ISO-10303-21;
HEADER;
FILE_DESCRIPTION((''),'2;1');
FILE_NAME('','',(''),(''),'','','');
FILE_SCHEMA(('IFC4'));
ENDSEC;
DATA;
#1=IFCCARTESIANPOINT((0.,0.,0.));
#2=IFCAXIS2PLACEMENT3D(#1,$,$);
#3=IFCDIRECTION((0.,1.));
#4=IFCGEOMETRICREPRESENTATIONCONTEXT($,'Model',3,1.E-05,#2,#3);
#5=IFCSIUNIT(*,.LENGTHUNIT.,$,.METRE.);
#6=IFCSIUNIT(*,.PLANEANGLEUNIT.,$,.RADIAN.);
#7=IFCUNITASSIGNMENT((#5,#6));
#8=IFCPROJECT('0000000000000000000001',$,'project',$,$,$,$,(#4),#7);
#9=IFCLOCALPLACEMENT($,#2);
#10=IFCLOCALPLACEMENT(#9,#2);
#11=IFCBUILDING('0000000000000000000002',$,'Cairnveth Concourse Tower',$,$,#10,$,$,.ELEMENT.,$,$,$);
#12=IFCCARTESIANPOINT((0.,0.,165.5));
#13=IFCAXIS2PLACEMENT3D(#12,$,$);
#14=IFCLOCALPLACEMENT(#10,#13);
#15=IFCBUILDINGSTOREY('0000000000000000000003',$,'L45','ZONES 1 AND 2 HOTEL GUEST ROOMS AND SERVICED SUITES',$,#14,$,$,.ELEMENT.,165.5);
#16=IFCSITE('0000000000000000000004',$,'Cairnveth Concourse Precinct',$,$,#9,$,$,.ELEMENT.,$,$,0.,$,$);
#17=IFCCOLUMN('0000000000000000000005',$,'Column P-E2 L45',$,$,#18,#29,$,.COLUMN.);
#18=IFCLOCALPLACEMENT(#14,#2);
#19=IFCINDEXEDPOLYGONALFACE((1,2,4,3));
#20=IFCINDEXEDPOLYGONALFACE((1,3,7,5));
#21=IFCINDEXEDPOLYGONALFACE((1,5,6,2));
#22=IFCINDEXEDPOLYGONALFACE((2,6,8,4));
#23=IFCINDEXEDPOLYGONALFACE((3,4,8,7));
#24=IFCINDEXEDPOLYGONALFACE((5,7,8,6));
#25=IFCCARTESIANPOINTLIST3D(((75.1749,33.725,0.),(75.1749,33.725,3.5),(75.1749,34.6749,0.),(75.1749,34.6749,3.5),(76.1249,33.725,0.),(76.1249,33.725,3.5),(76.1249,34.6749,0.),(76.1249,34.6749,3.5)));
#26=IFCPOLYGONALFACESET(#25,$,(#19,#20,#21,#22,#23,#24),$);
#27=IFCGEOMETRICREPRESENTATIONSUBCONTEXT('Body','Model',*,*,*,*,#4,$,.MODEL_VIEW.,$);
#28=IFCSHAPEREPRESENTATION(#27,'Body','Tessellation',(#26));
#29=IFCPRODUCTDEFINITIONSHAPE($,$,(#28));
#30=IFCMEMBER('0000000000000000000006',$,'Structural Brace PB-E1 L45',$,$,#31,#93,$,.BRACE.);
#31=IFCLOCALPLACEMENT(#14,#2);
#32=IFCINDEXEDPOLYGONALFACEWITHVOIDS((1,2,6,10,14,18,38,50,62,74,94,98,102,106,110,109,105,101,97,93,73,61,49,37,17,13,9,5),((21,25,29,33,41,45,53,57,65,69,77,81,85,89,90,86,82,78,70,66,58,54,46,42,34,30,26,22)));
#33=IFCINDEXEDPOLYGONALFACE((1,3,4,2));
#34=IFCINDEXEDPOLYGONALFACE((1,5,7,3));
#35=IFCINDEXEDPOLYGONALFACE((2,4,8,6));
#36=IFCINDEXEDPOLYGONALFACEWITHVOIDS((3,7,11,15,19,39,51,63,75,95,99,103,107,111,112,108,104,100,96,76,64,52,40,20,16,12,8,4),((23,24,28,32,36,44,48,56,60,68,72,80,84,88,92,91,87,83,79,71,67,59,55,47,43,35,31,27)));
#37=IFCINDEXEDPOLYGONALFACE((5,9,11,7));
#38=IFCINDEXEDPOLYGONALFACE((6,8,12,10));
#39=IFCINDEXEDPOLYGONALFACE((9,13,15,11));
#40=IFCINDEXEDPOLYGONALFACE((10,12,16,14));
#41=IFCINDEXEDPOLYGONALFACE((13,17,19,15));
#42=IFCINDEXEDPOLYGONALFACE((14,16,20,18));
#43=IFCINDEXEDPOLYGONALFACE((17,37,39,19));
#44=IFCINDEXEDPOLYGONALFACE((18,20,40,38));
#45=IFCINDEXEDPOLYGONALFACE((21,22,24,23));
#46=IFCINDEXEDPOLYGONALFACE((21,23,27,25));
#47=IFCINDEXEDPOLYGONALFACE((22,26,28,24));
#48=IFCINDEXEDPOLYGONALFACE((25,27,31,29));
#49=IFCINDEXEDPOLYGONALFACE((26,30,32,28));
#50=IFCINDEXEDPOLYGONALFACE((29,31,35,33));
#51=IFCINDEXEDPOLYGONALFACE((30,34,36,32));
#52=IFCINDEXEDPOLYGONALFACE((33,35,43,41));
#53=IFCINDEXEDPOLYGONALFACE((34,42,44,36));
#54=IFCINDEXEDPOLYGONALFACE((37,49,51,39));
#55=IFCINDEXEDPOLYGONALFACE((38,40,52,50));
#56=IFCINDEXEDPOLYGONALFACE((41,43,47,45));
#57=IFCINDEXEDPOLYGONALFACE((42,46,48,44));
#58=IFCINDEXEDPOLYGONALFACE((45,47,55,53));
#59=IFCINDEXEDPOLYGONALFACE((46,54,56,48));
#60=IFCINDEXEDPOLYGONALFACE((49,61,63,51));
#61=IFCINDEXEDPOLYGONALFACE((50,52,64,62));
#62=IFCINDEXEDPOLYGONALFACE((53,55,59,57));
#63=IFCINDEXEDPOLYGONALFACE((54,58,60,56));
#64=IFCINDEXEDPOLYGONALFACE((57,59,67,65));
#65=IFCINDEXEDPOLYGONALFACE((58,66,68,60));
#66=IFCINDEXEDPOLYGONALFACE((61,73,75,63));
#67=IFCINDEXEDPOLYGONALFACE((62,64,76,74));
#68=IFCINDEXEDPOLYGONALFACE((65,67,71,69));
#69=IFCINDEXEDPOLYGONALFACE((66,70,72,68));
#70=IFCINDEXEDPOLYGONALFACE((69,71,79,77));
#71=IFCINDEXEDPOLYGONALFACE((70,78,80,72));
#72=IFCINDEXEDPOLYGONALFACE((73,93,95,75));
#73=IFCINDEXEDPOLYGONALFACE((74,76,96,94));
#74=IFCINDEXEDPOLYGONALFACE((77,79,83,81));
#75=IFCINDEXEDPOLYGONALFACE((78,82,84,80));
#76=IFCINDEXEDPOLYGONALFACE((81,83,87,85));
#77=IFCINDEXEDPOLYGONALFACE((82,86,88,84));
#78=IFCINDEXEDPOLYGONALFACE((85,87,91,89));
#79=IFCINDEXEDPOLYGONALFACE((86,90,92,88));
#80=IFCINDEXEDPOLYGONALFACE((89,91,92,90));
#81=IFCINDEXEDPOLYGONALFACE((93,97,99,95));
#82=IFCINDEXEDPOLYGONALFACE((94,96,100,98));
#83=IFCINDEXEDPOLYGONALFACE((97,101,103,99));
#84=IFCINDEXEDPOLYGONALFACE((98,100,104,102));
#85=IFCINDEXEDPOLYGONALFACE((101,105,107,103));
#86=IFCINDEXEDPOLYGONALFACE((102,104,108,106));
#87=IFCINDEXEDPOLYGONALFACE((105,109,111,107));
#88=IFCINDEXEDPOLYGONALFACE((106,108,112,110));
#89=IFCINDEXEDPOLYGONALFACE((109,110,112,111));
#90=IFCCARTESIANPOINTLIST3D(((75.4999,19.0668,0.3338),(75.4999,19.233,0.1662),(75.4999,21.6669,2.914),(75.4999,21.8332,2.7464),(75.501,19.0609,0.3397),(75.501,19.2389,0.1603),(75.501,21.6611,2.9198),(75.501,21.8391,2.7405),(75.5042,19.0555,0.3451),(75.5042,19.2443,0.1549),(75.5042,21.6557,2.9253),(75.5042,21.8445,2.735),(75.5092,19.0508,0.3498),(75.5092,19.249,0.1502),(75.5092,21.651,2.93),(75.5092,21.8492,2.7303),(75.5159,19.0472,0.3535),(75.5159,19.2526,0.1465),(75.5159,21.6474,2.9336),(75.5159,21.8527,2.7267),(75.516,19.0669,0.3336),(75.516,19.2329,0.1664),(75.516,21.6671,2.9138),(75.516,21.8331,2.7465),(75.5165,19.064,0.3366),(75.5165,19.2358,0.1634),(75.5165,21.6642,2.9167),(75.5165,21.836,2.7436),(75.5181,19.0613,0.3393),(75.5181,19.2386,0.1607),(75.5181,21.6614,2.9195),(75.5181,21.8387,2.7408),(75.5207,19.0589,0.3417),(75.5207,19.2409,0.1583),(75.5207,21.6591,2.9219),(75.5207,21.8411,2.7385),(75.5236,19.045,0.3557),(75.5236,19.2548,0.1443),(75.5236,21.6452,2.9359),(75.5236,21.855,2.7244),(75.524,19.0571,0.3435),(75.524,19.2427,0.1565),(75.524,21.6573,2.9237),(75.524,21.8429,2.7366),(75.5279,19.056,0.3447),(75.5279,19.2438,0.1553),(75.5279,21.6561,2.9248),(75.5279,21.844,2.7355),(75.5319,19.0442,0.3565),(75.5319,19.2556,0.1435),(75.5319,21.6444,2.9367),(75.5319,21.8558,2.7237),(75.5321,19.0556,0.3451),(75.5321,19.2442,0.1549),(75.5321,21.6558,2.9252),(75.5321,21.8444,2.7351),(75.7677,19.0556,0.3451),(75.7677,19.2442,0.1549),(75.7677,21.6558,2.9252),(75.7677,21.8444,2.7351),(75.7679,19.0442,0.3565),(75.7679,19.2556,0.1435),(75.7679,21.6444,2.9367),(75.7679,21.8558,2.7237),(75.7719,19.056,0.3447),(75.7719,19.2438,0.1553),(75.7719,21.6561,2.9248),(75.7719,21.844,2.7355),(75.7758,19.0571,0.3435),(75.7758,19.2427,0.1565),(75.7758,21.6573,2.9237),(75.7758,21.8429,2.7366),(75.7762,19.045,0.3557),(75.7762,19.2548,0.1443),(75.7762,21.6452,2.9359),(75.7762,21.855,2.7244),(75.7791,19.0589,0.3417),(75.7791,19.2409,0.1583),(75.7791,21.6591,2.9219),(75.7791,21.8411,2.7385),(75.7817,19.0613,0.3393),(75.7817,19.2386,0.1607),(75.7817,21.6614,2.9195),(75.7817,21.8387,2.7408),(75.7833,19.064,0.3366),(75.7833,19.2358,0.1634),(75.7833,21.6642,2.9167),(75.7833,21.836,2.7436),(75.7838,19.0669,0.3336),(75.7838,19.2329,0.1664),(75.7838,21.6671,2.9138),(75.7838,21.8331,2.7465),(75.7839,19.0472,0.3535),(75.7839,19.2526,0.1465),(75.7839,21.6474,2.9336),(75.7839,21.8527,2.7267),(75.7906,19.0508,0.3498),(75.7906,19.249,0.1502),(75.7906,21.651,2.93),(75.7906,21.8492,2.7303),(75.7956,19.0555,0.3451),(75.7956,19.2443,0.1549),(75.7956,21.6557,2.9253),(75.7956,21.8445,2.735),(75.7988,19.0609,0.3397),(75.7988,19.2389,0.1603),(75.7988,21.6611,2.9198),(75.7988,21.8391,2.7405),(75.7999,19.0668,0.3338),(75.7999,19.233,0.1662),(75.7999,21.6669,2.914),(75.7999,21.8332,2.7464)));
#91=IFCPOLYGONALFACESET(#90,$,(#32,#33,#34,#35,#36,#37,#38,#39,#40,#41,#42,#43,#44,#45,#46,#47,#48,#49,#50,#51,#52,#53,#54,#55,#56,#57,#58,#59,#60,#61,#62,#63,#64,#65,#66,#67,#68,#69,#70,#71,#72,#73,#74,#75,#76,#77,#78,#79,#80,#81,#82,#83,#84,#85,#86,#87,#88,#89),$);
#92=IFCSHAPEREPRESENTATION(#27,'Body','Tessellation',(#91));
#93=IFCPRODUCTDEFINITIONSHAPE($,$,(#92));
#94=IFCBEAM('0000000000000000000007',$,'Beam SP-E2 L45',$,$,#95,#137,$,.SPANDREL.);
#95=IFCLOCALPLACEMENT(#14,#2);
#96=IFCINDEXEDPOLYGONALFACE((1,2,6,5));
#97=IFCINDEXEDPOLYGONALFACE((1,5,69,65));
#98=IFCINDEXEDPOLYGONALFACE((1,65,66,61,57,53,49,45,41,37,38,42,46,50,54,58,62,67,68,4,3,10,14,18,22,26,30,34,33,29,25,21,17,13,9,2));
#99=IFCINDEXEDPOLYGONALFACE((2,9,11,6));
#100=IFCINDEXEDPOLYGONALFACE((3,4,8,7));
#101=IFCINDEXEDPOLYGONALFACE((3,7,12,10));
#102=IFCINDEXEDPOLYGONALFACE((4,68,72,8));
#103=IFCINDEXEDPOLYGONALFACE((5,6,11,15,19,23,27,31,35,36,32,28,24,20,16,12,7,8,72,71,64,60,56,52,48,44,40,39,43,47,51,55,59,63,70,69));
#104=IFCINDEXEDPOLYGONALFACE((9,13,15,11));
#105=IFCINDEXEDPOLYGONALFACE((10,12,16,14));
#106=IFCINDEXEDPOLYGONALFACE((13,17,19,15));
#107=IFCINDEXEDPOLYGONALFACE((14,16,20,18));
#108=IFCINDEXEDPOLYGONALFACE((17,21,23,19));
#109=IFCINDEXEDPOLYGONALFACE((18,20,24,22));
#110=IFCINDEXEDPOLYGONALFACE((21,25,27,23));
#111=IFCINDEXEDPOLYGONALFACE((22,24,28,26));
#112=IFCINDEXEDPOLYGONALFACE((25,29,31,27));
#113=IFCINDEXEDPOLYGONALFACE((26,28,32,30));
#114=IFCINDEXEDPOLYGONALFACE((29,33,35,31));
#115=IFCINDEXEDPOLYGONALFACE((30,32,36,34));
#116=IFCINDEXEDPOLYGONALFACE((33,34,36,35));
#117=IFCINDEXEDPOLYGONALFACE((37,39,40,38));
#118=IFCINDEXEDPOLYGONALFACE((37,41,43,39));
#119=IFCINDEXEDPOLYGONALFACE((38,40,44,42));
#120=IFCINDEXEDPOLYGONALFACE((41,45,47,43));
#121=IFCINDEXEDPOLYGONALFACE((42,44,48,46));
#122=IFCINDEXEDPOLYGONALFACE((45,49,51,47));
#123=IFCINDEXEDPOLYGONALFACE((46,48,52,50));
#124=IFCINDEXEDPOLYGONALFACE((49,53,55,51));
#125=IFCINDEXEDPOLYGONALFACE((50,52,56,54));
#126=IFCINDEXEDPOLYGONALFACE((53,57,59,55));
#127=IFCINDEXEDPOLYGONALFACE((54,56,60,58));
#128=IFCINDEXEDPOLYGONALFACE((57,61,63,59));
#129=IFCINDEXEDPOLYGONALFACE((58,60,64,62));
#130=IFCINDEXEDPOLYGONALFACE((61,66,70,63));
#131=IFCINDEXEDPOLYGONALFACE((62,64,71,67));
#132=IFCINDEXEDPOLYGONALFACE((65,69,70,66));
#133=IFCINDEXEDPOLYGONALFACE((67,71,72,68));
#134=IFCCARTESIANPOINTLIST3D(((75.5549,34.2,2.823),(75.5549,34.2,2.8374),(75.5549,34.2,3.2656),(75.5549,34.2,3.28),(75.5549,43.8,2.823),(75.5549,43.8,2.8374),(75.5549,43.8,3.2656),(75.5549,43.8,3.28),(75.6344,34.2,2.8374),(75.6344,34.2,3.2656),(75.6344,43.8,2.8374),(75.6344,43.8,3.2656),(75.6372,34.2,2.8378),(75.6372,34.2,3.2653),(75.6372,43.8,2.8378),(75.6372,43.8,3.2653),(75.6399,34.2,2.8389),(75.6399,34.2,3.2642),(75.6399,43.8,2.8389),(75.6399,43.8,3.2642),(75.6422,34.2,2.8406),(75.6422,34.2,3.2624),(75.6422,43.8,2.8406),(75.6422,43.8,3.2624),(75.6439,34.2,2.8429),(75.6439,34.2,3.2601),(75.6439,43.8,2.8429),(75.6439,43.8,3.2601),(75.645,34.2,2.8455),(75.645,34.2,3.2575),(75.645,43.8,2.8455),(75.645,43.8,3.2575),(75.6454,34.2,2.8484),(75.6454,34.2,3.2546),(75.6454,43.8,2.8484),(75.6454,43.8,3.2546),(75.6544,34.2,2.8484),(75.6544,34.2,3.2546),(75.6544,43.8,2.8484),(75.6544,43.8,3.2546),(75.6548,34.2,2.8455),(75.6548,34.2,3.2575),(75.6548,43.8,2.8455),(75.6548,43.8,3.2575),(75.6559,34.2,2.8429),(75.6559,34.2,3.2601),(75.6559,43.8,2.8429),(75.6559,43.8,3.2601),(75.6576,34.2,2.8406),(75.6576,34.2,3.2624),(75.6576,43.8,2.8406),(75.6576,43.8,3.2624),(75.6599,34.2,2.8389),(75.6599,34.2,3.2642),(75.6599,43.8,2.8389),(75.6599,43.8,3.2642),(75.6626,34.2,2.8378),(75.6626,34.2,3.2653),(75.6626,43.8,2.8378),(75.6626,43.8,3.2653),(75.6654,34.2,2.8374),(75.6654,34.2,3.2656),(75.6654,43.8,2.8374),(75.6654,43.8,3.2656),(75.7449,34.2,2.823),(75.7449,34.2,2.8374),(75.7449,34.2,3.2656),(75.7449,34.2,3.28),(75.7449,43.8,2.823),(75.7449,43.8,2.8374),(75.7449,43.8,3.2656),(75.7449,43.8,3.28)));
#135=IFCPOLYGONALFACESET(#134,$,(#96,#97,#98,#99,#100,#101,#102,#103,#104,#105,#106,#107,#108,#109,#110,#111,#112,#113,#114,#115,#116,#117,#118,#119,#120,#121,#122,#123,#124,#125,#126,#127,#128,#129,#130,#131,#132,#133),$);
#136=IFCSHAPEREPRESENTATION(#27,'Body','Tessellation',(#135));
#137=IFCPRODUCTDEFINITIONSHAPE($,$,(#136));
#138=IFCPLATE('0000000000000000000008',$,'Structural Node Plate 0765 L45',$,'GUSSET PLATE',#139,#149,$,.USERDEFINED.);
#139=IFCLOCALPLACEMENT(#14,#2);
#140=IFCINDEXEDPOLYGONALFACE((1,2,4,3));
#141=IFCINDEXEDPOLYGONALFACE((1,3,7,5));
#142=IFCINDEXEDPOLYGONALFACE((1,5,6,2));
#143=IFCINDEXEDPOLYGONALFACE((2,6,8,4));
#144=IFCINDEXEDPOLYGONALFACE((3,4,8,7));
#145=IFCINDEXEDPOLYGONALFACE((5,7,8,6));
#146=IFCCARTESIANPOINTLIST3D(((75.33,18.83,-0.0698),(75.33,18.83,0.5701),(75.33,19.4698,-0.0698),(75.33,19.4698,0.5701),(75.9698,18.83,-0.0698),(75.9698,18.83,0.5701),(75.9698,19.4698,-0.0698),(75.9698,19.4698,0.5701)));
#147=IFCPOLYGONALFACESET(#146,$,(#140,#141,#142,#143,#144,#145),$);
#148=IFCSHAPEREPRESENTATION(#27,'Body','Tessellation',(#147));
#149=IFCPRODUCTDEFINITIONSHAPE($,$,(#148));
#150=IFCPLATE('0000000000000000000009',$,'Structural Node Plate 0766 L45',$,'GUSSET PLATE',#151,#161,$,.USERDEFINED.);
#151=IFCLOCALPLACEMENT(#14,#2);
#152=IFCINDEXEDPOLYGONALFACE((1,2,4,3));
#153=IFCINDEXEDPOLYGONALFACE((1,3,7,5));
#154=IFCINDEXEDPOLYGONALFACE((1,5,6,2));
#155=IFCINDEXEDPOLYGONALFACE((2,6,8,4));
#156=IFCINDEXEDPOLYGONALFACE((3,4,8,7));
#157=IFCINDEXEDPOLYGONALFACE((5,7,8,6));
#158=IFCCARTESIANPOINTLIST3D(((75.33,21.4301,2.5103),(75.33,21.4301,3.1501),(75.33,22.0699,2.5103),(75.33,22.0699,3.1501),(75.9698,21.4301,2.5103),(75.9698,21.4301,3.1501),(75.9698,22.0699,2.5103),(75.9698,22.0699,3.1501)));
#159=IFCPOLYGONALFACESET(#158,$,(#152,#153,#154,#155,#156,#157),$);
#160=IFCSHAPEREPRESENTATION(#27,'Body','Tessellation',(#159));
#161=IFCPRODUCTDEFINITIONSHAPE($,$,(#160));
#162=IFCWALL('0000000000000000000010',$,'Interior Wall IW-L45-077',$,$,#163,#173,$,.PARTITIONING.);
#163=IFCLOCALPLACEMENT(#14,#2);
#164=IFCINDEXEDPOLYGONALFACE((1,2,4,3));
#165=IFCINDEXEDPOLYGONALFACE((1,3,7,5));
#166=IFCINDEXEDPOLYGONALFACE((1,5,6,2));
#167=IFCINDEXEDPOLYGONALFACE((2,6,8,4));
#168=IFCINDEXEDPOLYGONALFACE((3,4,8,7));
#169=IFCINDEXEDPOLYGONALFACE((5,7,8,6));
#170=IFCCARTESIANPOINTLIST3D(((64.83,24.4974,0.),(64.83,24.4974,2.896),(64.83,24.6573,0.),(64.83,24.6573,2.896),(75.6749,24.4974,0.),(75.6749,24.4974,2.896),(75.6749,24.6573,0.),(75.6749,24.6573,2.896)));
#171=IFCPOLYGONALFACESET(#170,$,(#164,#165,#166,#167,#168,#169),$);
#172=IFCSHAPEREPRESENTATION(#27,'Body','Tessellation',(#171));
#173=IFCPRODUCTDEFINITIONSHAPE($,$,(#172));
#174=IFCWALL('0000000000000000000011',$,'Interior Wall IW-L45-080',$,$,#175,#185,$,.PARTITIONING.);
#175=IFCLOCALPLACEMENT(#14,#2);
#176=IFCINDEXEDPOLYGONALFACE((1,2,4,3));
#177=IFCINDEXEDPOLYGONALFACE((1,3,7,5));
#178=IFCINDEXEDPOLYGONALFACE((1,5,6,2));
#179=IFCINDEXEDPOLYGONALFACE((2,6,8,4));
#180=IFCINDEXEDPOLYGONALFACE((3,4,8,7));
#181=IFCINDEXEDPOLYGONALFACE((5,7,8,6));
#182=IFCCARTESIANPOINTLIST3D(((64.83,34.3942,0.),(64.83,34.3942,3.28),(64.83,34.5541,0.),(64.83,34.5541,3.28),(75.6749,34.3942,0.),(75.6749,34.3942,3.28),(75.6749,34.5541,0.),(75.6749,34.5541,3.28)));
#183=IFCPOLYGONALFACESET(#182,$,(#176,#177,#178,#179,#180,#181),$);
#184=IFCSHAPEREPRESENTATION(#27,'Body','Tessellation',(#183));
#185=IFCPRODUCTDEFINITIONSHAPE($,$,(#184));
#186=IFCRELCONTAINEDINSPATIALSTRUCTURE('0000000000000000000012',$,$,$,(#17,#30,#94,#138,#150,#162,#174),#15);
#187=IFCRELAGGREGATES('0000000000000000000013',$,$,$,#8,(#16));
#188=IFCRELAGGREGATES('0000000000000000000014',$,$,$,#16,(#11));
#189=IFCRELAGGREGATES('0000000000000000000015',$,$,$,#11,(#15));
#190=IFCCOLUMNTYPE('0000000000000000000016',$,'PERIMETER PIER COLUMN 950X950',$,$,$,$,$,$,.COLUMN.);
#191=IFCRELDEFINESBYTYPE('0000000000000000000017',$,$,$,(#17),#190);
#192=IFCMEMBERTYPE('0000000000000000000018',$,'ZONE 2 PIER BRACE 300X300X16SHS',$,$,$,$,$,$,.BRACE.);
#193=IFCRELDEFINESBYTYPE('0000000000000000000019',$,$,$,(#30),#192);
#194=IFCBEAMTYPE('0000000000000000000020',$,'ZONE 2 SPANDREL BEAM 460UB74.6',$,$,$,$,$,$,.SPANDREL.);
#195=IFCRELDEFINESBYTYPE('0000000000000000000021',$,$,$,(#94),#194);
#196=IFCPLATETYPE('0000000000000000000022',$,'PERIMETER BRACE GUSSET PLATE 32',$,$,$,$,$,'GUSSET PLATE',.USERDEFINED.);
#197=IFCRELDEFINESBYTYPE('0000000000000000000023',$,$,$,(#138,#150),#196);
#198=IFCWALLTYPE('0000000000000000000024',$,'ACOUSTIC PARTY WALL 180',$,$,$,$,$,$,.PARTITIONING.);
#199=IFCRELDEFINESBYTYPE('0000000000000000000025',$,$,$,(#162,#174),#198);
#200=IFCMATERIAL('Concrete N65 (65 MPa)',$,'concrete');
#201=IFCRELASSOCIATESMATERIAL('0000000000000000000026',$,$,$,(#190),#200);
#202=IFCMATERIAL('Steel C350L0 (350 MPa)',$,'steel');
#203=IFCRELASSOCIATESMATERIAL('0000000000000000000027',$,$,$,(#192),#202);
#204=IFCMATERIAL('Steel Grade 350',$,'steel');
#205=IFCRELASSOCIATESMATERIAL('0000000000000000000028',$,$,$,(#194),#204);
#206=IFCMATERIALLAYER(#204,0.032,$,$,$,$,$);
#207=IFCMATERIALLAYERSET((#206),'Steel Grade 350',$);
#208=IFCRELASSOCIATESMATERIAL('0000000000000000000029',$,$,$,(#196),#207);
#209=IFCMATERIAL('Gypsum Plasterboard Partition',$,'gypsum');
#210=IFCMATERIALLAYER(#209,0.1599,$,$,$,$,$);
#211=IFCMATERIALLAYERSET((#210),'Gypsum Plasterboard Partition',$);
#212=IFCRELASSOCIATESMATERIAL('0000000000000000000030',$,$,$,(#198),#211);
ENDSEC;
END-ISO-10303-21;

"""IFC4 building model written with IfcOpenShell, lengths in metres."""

from ifc_helpers import new_model, si_unit, direction, frame, frame_2d, origin, origin_2d, place, context, subcontext, project, spatial, rectangle, hollow_rectangle, i_section, extrude, material, layer, layer_set, material_profile, profile_set, type_object, element, save


model = new_model("IFC4")

# Units and contexts
model_context = context("Model", 3, precision=1e-05, world=origin(), true_north=direction((0.0, 1.0)))
body_context = subcontext(model_context, "Body", "Model", "MODEL_VIEW")
ifc_project = project(units=[si_unit("LENGTHUNIT", "METRE"), si_unit("PLANEANGLEUNIT", "RADIAN")], contexts=[model_context])

# Site, building, storey
site_placement = place(None, origin())
site = spatial("IfcSite", under=ifc_project, at=site_placement, Name="Cairnveth Concourse Precinct", CompositionType="ELEMENT", RefElevation=0.0)
building_placement = place(site_placement, origin())
building = spatial("IfcBuilding", under=site, at=building_placement, Name="Cairnveth Concourse Tower", CompositionType="ELEMENT")
storey_placement = place(building_placement, frame((0.0, 0.0, 165.5)))
storey = spatial("IfcBuildingStorey", under=building, at=storey_placement, Name="L45", Description="ZONES 1 AND 2 HOTEL GUEST ROOMS AND SERVICED SUITES", CompositionType="ELEMENT", Elevation=165.5)

# Column
ifc_material_1 = material(Name="Concrete N65 (65 MPa)", Category="concrete")
ifc_material_profile_1 = material_profile(ifc_material_1, rectangle(XDim=0.95, YDim=0.95, at=origin_2d()), Name="RC-COL-950x950")
ifc_profile_set_1 = profile_set([ifc_material_profile_1], Name="Concrete N65 (65 MPa)")
column_type = type_object("IfcColumnType", Name="PERIMETER PIER COLUMN 950X950", PredefinedType="COLUMN", material=ifc_profile_set_1)
column_placement = place(storey_placement, frame((75.6499, 34.2, 0.0), z_axis=(0.0, 0.0, 1.0), x_axis=(0.0, 1.0, 0.0)))
element("IfcColumn", 1, at=column_placement, inside=storey, type_object=column_type, Name="Column P-E2 L45", PredefinedType="COLUMN", context=body_context, shape_type="SweptSolid", body=[
    extrude(rectangle(XDim=0.95, YDim=0.95, at=origin_2d()), origin(), (0.0, 0.0, 1.0), 3.5),
])

# Member
ifc_material_2 = material(Name="Steel C350L0 (350 MPa)", Category="steel")
ifc_material_profile_2 = material_profile(ifc_material_2, hollow_rectangle(XDim=0.3, YDim=0.3, WallThickness=0.0161, InnerFilletRadius=0.0161, OuterFilletRadius=0.032, at=origin_2d()), Name="300x300x16.0SHS")
ifc_profile_set_2 = profile_set([ifc_material_profile_2], Name="Steel C350L0 (350 MPa)")
member_type = type_object("IfcMemberType", Name="ZONE 2 PIER BRACE 300X300X16SHS", PredefinedType="BRACE", material=ifc_profile_set_2)
member_placement = place(storey_placement, frame((75.6499, 19.1499, 0.25), z_axis=(0.0, 0.709834, 0.704369), x_axis=(-1.0, 0.0, 0.0)))
element("IfcMember", 2, at=member_placement, inside=storey, type_object=member_type, Name="Structural Brace PB-E1 L45", PredefinedType="BRACE", context=body_context, shape_type="SweptSolid", body=[
    extrude(hollow_rectangle(XDim=0.3, YDim=0.3, WallThickness=0.0161, InnerFilletRadius=0.0161, OuterFilletRadius=0.032, at=origin_2d()), origin(), (0.0, 0.0, 1.0), 3.6631),
])

# Beam
ifc_material_3 = material(Name="Steel Grade 350", Category="steel")
ifc_material_profile_3 = material_profile(ifc_material_3, i_section(OverallWidth=0.1899, OverallDepth=0.457, WebThickness=0.009, FlangeThickness=0.0144, FilletRadius=0.011, at=origin_2d()), Name="460UB74.6")
ifc_profile_set_3 = profile_set([ifc_material_profile_3], Name="Steel Grade 350")
beam_type = type_object("IfcBeamType", Name="ZONE 2 SPANDREL BEAM 460UB74.6", PredefinedType="SPANDREL", material=ifc_profile_set_3)
beam_placement = place(storey_placement, frame((75.6499, 34.2, 3.0515), z_axis=(0.0, 1.0, 0.0), x_axis=(-1.0, 0.0, 0.0)))
element("IfcBeam", 3, at=beam_placement, inside=storey, type_object=beam_type, Name="Beam SP-E2 L45", PredefinedType="SPANDREL", context=body_context, shape_type="SweptSolid", body=[
    extrude(i_section(OverallWidth=0.1899, OverallDepth=0.457, WebThickness=0.009, FlangeThickness=0.0144, FilletRadius=0.011, at=origin_2d()), origin(), (0.0, 0.0, 1.0), 9.6001),
])

# Plates
ifc_layer_1 = layer(ifc_material_3, 0.032)
ifc_layer_set_1 = layer_set([ifc_layer_1], Name="Steel Grade 350")
plate_type = type_object("IfcPlateType", Name="PERIMETER BRACE GUSSET PLATE 32", ElementType="GUSSET PLATE", PredefinedType="USERDEFINED", material=ifc_layer_set_1)
for number, where, z_axis, x_axis, name in (
    (4, (75.6499, 19.1499, -0.0698), (0.0, 0.0, 1.0), (1.0, 0.0, 0.0), "Structural Node Plate 0765 L45"),
    (5, (75.6499, 21.75, 2.5103), (0.0, 0.0, 1.0), (1.0, 0.0, 0.0), "Structural Node Plate 0766 L45"),
):
    element("IfcPlate", number, at=place(storey_placement, frame(where, z_axis=z_axis, x_axis=x_axis)), inside=storey, type_object=plate_type, Name=name, ObjectType="GUSSET PLATE", PredefinedType="USERDEFINED", context=body_context, shape_type="SweptSolid", body=[
        extrude(rectangle(XDim=0.6399, YDim=0.6399, at=origin_2d()), origin(), (0.0, 0.0, 1.0), 0.6399),
    ])

# Walls
ifc_material_4 = material(Name="Gypsum Plasterboard Partition", Category="gypsum")
ifc_layer_2 = layer(ifc_material_4, 0.1599)
ifc_layer_set_2 = layer_set([ifc_layer_2], Name="Gypsum Plasterboard Partition")
wall_type_1 = type_object("IfcWallType", Name="ACOUSTIC PARTY WALL 180", PredefinedType="PARTITIONING", material=ifc_layer_set_2)
wall_1_placement = place(storey_placement, frame((64.8301, 24.5774, 0.0), z_axis=(0.0, 0.0, 1.0), x_axis=(1.0, 0.0, 0.0)))
element("IfcWall", 6, at=wall_1_placement, inside=storey, type_object=wall_type_1, Name="Interior Wall IW-L45-077", PredefinedType="PARTITIONING", context=body_context, shape_type="SweptSolid", body=[
    extrude(rectangle(XDim=10.845, YDim=0.1599, at=frame_2d((5.4224, 0.0))), origin(), (0.0, 0.0, 1.0), 2.896),
])
wall_2_placement = place(storey_placement, frame((64.8301, 34.4741, 0.0), z_axis=(0.0, 0.0, 1.0), x_axis=(1.0, 0.0, 0.0)))
element("IfcWall", 7, at=wall_2_placement, inside=storey, type_object=wall_type_1, Name="Interior Wall IW-L45-080", PredefinedType="PARTITIONING", context=body_context, shape_type="SweptSolid", body=[
    extrude(rectangle(XDim=10.845, YDim=0.1599, at=frame_2d((5.4224, 0.0))), origin(), (0.0, 0.0, 1.0), 3.28),
])

save(model, "model.ifc")
